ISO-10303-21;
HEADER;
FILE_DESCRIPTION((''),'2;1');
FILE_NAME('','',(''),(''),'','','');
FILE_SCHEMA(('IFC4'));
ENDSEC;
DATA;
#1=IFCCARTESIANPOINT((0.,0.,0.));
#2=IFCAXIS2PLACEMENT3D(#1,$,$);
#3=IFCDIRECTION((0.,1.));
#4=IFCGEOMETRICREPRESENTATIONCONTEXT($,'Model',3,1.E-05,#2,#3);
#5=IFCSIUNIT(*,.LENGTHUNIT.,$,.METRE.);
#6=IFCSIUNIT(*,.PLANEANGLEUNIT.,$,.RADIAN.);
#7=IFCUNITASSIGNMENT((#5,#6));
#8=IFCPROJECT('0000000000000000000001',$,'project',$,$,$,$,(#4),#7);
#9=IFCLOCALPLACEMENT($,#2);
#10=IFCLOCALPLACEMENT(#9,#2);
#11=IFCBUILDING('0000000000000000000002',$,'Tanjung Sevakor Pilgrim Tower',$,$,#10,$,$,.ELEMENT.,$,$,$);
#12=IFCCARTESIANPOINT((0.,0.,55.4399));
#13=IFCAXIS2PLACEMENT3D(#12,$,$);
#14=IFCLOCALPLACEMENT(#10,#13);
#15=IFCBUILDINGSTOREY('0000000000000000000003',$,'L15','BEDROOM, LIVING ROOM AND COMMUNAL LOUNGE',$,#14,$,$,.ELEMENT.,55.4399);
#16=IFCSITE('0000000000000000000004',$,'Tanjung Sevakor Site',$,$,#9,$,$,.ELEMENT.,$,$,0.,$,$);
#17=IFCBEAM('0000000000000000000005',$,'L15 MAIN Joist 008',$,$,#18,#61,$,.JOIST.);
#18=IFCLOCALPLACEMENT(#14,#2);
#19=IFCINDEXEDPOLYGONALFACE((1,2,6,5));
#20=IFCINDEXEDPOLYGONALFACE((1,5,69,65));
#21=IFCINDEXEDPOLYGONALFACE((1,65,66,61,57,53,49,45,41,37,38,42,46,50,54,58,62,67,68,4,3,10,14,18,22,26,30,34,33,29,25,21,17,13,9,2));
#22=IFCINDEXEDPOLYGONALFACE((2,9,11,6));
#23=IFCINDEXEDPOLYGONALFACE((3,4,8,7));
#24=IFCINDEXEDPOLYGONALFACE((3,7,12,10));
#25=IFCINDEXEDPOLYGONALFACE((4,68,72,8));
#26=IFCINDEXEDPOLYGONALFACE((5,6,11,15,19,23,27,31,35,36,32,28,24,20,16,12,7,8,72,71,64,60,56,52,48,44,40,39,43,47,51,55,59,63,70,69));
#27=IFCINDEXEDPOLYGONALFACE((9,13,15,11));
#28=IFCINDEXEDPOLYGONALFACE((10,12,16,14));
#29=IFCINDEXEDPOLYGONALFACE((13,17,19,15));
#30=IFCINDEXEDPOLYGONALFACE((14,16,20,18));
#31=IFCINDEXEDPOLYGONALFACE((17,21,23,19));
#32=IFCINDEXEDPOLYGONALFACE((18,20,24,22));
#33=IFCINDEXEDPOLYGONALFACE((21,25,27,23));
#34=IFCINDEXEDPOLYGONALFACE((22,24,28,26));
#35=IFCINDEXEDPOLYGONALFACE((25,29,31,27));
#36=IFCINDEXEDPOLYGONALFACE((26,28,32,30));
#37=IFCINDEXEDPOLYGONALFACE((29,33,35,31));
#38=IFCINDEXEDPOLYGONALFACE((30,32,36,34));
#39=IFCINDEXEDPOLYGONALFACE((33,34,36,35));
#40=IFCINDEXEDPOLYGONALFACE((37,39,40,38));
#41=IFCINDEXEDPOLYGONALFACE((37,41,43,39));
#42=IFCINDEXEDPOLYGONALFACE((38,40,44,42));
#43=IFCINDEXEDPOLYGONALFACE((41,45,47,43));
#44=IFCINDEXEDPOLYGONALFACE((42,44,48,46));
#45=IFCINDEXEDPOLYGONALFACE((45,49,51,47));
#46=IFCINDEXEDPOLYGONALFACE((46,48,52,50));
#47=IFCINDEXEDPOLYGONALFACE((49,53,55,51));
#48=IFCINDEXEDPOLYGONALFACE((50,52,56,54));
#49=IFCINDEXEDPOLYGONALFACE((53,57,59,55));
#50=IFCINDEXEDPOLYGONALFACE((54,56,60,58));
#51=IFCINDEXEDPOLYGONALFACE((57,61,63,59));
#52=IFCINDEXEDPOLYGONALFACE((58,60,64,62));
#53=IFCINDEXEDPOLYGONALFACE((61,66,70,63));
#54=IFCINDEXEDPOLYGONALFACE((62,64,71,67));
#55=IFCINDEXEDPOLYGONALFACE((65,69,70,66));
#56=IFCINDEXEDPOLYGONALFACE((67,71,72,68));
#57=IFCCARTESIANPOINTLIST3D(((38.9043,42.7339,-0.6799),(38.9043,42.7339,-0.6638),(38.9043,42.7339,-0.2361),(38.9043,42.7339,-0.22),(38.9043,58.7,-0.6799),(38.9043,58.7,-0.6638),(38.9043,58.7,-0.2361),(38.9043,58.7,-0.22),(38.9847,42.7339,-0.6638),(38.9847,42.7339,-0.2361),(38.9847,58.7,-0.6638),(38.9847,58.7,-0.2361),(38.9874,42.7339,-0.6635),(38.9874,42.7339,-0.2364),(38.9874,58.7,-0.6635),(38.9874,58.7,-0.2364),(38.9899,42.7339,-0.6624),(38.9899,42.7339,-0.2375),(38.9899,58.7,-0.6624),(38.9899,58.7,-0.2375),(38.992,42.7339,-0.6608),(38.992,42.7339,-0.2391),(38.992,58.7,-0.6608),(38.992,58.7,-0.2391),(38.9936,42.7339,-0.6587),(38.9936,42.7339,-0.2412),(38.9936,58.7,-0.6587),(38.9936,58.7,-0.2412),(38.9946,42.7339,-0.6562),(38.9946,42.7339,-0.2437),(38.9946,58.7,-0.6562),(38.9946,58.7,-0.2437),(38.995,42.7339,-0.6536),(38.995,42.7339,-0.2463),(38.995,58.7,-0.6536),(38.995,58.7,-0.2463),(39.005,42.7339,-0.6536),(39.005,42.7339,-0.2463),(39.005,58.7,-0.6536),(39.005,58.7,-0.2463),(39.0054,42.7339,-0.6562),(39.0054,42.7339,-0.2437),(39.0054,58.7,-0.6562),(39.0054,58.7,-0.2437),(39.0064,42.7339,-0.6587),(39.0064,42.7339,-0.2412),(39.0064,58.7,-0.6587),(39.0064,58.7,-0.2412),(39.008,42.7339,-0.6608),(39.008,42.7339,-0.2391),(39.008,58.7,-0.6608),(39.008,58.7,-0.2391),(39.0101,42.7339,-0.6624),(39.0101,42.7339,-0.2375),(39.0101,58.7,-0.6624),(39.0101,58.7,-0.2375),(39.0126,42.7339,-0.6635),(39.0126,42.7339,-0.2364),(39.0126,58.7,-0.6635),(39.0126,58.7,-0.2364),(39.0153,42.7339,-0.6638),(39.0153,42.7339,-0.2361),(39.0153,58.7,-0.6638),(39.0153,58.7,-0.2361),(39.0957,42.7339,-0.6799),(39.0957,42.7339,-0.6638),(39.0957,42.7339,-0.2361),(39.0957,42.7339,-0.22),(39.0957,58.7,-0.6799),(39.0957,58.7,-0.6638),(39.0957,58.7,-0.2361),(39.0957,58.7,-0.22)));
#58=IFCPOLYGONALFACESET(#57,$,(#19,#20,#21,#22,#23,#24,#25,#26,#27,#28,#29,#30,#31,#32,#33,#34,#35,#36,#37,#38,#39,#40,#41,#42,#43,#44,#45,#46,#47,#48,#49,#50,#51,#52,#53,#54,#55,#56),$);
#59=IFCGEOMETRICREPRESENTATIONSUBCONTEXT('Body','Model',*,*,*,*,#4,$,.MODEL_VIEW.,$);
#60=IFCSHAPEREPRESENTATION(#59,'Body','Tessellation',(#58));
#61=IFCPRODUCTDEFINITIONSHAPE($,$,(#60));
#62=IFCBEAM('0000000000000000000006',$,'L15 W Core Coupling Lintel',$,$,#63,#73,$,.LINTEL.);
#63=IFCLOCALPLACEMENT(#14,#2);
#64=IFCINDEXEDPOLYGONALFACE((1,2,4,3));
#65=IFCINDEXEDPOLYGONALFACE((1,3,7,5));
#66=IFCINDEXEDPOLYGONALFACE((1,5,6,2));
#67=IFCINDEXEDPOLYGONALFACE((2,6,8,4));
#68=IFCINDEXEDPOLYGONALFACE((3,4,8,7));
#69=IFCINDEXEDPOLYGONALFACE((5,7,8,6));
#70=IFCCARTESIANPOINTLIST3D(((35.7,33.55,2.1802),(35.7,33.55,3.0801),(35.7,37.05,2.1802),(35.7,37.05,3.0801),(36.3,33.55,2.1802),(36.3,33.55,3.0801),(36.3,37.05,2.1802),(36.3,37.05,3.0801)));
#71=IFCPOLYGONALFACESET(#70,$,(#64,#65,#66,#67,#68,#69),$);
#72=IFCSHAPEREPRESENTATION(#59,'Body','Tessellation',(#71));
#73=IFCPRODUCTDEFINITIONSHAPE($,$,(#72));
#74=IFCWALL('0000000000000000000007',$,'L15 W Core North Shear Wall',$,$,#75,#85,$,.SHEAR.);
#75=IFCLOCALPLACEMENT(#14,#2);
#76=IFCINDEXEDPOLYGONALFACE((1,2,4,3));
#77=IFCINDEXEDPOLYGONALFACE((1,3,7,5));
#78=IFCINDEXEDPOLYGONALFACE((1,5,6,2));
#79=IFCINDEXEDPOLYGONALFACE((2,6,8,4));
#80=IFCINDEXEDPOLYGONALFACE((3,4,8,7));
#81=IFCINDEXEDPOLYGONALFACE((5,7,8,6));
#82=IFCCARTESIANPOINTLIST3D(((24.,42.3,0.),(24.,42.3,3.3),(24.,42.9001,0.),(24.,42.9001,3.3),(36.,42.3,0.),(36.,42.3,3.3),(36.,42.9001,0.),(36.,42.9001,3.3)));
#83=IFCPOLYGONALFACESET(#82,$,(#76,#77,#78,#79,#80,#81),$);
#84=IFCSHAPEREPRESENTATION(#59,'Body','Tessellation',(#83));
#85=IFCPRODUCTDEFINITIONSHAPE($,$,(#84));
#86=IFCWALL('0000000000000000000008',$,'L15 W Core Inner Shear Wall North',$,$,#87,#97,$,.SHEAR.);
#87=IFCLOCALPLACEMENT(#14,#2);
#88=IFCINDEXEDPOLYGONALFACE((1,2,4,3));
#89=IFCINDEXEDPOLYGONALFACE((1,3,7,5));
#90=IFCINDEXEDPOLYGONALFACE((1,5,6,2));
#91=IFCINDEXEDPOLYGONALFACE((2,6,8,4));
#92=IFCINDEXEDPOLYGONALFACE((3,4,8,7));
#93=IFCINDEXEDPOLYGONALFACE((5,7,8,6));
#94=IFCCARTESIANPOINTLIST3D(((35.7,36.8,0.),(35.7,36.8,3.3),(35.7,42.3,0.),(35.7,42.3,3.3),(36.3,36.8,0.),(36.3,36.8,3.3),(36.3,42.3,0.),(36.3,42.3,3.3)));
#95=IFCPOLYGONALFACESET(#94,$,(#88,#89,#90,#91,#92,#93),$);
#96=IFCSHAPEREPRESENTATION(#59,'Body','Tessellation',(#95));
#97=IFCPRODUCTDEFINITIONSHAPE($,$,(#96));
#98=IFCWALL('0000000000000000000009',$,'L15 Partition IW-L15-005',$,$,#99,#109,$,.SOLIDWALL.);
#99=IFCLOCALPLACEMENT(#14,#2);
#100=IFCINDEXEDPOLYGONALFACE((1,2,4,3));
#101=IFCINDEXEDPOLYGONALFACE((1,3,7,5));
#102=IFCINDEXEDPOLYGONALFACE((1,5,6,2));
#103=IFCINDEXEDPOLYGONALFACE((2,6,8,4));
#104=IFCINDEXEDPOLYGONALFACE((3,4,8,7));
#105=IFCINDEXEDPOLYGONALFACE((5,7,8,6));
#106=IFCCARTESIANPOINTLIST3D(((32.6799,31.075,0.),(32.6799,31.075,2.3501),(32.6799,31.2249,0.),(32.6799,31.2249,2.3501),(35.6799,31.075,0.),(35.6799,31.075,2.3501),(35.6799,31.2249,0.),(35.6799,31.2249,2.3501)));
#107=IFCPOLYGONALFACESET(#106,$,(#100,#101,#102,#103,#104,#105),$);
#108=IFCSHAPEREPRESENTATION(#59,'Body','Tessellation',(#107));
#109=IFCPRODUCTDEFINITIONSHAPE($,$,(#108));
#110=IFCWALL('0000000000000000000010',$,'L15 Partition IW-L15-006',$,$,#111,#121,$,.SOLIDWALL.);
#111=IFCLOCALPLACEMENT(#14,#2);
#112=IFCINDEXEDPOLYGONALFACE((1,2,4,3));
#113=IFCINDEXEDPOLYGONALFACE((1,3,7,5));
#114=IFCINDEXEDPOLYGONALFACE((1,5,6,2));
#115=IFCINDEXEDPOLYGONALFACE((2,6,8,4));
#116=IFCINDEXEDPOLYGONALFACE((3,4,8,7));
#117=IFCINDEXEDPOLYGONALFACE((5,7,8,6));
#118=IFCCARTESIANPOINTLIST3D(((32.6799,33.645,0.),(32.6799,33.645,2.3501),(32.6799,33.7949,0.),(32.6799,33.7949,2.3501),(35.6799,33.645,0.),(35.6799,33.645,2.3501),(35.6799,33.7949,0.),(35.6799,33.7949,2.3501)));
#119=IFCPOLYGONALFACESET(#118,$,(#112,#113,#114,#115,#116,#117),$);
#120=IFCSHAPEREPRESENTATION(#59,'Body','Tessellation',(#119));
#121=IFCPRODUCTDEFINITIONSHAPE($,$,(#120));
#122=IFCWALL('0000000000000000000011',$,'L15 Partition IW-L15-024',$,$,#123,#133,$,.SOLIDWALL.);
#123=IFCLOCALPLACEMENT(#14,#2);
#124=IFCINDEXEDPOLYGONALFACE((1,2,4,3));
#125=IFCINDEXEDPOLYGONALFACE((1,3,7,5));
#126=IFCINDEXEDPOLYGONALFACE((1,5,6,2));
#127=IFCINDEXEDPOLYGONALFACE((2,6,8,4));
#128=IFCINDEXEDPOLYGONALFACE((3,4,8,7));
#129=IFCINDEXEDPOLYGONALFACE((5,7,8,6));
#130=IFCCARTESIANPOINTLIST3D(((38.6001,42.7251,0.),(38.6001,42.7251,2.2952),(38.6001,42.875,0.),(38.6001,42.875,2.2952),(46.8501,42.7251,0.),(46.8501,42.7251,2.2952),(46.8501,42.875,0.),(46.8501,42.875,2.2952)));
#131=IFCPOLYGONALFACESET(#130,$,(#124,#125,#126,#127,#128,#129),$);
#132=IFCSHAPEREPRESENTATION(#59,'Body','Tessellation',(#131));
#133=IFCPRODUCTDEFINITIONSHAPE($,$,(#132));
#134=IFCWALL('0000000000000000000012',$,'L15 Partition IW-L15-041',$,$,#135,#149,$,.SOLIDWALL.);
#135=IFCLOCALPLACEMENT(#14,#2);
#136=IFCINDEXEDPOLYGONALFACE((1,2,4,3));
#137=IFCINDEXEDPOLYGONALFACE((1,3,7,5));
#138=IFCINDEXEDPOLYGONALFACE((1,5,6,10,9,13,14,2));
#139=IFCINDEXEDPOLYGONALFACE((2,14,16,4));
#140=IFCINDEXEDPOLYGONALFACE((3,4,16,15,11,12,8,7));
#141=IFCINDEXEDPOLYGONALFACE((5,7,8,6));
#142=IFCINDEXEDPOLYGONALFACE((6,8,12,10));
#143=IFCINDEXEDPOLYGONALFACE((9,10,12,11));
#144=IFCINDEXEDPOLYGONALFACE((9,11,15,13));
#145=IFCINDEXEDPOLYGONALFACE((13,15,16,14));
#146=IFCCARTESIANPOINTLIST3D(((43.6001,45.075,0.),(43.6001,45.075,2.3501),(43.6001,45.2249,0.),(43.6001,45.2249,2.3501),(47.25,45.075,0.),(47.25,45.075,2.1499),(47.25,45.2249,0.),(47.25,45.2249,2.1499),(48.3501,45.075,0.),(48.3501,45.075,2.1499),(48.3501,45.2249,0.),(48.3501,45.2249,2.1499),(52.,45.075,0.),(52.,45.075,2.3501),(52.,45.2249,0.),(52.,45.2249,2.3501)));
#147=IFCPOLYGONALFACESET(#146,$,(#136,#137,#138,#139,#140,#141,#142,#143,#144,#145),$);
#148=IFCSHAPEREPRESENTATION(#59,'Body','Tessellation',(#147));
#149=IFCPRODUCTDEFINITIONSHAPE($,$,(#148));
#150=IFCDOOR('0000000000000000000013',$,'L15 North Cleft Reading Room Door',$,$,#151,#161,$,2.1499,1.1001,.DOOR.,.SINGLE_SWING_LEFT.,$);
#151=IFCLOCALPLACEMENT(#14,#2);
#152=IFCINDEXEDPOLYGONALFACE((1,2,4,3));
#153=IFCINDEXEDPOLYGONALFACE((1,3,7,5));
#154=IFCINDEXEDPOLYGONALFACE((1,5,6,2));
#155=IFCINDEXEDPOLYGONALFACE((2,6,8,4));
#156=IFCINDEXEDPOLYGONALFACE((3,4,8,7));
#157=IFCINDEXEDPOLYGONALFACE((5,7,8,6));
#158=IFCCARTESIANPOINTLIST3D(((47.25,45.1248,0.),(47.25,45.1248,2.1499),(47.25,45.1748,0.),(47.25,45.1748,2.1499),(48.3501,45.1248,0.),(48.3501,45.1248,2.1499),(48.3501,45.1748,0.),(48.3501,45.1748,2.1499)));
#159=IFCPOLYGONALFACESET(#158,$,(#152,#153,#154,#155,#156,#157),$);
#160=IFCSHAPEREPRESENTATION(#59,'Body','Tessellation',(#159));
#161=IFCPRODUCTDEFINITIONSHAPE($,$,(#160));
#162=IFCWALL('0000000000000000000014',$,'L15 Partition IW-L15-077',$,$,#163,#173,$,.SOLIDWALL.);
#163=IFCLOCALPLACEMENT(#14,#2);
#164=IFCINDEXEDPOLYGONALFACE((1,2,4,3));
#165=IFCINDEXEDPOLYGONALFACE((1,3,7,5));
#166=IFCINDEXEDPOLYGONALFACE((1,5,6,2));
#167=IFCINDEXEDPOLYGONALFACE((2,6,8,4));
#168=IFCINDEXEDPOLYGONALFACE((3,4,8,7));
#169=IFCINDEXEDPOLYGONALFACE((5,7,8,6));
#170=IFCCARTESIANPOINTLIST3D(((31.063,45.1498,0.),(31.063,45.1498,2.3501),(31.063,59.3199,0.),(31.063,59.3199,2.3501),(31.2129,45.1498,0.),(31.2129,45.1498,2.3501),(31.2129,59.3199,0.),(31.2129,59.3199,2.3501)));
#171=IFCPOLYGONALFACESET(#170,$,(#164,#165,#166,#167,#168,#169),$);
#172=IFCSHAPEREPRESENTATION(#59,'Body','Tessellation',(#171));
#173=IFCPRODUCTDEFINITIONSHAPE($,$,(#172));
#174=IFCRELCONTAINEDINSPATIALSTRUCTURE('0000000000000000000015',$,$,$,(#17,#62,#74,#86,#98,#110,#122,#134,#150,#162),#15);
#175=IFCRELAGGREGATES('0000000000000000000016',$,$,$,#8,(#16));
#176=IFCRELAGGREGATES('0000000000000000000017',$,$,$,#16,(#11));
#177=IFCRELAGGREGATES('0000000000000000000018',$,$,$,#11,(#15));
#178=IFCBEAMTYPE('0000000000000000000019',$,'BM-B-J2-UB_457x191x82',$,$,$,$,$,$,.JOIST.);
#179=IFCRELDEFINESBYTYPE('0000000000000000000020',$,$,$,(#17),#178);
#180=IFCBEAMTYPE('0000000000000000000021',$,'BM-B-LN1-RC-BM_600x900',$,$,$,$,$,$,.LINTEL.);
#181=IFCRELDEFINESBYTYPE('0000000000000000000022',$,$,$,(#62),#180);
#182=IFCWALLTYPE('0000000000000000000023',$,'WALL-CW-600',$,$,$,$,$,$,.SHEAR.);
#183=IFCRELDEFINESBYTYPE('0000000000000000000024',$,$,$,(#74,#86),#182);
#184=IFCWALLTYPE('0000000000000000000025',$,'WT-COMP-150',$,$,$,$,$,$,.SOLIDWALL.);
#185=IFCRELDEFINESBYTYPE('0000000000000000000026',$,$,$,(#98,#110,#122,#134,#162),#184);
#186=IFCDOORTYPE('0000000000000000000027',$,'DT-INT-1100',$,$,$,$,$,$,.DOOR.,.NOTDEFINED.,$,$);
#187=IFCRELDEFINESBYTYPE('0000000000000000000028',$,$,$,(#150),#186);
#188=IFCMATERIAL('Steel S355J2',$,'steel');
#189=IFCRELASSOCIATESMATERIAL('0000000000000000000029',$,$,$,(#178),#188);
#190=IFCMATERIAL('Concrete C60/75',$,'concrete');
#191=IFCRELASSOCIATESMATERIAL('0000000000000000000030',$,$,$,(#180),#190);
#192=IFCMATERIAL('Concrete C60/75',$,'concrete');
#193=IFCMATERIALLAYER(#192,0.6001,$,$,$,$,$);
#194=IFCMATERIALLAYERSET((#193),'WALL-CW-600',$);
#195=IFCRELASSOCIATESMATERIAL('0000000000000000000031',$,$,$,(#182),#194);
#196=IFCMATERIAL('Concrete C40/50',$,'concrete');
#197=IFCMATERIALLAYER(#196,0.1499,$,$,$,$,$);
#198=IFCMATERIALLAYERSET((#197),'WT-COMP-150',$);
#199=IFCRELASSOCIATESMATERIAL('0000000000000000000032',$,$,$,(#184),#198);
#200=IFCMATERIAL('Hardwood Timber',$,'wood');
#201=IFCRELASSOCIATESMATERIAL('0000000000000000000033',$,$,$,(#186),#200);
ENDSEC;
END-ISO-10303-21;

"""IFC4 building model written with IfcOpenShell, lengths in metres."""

from ifc_helpers import new_model, si_unit, direction, frame, frame_2d, origin, origin_2d, place, context, subcontext, project, spatial, rectangle, i_section, extrude, material, layer, layer_set, material_profile, profile_set, type_object, element, fill, save


model = new_model("IFC4")

# Units and contexts
model_context = context("Model", 3, precision=1e-05, world=origin(), true_north=direction((0.0, 1.0)))
body_context = subcontext(model_context, "Body", "Model", "MODEL_VIEW")
ifc_project = project(units=[si_unit("LENGTHUNIT", "METRE"), si_unit("PLANEANGLEUNIT", "RADIAN")], contexts=[model_context])

# Site, building, storey
site_placement = place(None, origin())
site = spatial("IfcSite", under=ifc_project, at=site_placement, Name="Tanjung Sevakor Site", CompositionType="ELEMENT", RefElevation=0.0)
building_placement = place(site_placement, origin())
building = spatial("IfcBuilding", under=site, at=building_placement, Name="Tanjung Sevakor Pilgrim Tower", CompositionType="ELEMENT")
storey_placement = place(building_placement, frame((0.0, 0.0, 55.4399)))
storey = spatial("IfcBuildingStorey", under=building, at=storey_placement, Name="L15", Description="BEDROOM, LIVING ROOM AND COMMUNAL LOUNGE", CompositionType="ELEMENT", Elevation=55.4399)

# Beams
ifc_material_1 = material(Name="Steel S355J2", Category="steel")
ifc_material_profile_1 = material_profile(ifc_material_1, i_section(OverallWidth=0.1914, OverallDepth=0.46, WebThickness=0.01, FlangeThickness=0.0161, FilletRadius=0.0103, at=origin_2d()))
ifc_profile_set_1 = profile_set([ifc_material_profile_1], Name="Steel S355J2")
beam_type_1 = type_object("IfcBeamType", Name="BM-B-J2-UB_457x191x82", PredefinedType="JOIST", material=ifc_profile_set_1)
beam_1_placement = place(storey_placement, frame((39.0, 42.7339, -0.45), z_axis=(0.0, 1.0, 0.0), x_axis=(-1.0, 0.0, 0.0)))
element("IfcBeam", 1, at=beam_1_placement, inside=storey, type_object=beam_type_1, Name="L15 MAIN Joist 008", PredefinedType="JOIST", context=body_context, shape_type="SweptSolid", body=[
    extrude(i_section(OverallWidth=0.1914, OverallDepth=0.46, WebThickness=0.01, FlangeThickness=0.0161, FilletRadius=0.0103, at=origin_2d()), origin(), (0.0, 0.0, 1.0), 15.9661),
])
ifc_material_2 = material(Name="Concrete C60/75", Category="concrete")
ifc_material_profile_2 = material_profile(ifc_material_2, rectangle(XDim=0.6001, YDim=0.8999, at=origin_2d()))
ifc_profile_set_2 = profile_set([ifc_material_profile_2], Name="Concrete C60/75")
beam_type_2 = type_object("IfcBeamType", Name="BM-B-LN1-RC-BM_600x900", PredefinedType="LINTEL", material=ifc_profile_set_2)
beam_2_placement = place(storey_placement, frame((36.0, 33.55, 2.6301), z_axis=(0.0, 1.0, 0.0), x_axis=(-1.0, 0.0, 0.0)))
element("IfcBeam", 2, at=beam_2_placement, inside=storey, type_object=beam_type_2, Name="L15 W Core Coupling Lintel", PredefinedType="LINTEL", context=body_context, shape_type="SweptSolid", body=[
    extrude(rectangle(XDim=0.6001, YDim=0.8999, at=origin_2d()), origin(), (0.0, 0.0, 1.0), 3.5),
])

# Walls
ifc_material_3 = material(Name="Concrete C60/75", Category="concrete")
ifc_layer_1 = layer(ifc_material_3, 0.6001)
ifc_layer_set_1 = layer_set([ifc_layer_1], Name="WALL-CW-600")
wall_type_1 = type_object("IfcWallType", Name="WALL-CW-600", PredefinedType="SHEAR", material=ifc_layer_set_1)
wall_1_placement = place(storey_placement, frame((36.0, 42.6001, 0.0), z_axis=(0.0, 0.0, 1.0), x_axis=(-1.0, 0.0, 0.0)))
element("IfcWall", 3, at=wall_1_placement, inside=storey, type_object=wall_type_1, Name="L15 W Core North Shear Wall", PredefinedType="SHEAR", context=body_context, shape_type="SweptSolid", body=[
    extrude(rectangle(XDim=12.0, YDim=0.6001, at=frame_2d((6.0, 0.0))), origin(), (0.0, 0.0, 1.0), 3.3),
])
wall_2_placement = place(storey_placement, frame((36.0, 36.8, 0.0), z_axis=(0.0, 0.0, 1.0), x_axis=(0.0, 1.0, 0.0)))
element("IfcWall", 4, at=wall_2_placement, inside=storey, type_object=wall_type_1, Name="L15 W Core Inner Shear Wall North", PredefinedType="SHEAR", context=body_context, shape_type="SweptSolid", body=[
    extrude(rectangle(XDim=5.5, YDim=0.6001, at=frame_2d((2.75, 0.0))), origin(), (0.0, 0.0, 1.0), 3.3),
])
ifc_material_4 = material(Name="Concrete C40/50", Category="concrete")
ifc_layer_2 = layer(ifc_material_4, 0.1499)
ifc_layer_set_2 = layer_set([ifc_layer_2], Name="WT-COMP-150")
wall_type_2 = type_object("IfcWallType", Name="WT-COMP-150", PredefinedType="SOLIDWALL", material=ifc_layer_set_2)
for number, where, z_axis, x_axis, name in (
    (5, (32.6799, 31.1499, 0.0), (0.0, 0.0, 1.0), (1.0, 0.0, 0.0), "L15 Partition IW-L15-005"),
    (6, (32.6799, 33.72, 0.0), (0.0, 0.0, 1.0), (1.0, 0.0, 0.0), "L15 Partition IW-L15-006"),
):
    element("IfcWall", number, at=place(storey_placement, frame(where, z_axis=z_axis, x_axis=x_axis)), inside=storey, type_object=wall_type_2, Name=name, PredefinedType="SOLIDWALL", context=body_context, shape_type="SweptSolid", body=[
        extrude(rectangle(XDim=3.0, YDim=0.1499, at=frame_2d((1.5, 0.0))), origin(), (0.0, 0.0, 1.0), 2.3501),
    ])

# Wall
wall_3_placement = place(storey_placement, frame((38.6001, 42.8, 0.0), z_axis=(0.0, 0.0, 1.0), x_axis=(1.0, 0.0, 0.0)))
element("IfcWall", 7, at=wall_3_placement, inside=storey, type_object=wall_type_2, Name="L15 Partition IW-L15-024", PredefinedType="SOLIDWALL", context=body_context, shape_type="SweptSolid", body=[
    extrude(rectangle(XDim=8.25, YDim=0.1499, at=frame_2d((4.125, 0.0))), origin(), (0.0, 0.0, 1.0), 2.2952),
])

# Wall, opening, door
wall_4_placement = place(storey_placement, frame((43.6001, 45.1499, 0.0), z_axis=(0.0, 0.0, 1.0), x_axis=(1.0, 0.0, 0.0)))
wall_4 = element("IfcWall", 8, at=wall_4_placement, inside=storey, type_object=wall_type_2, Name="L15 Partition IW-L15-041", PredefinedType="SOLIDWALL", context=body_context, shape_type="SweptSolid", body=[
    extrude(rectangle(XDim=8.3999, YDim=0.1499, at=frame_2d((4.2, 0.0))), origin(), (0.0, 0.0, 1.0), 2.3501),
])
opening_1_placement = place(wall_4_placement, frame((3.6499, 0.0, 0.0)))
opening_1 = element("IfcOpeningElement", 9, at=opening_1_placement, cuts=wall_4, PredefinedType="OPENING", context=body_context, shape_type="SweptSolid", body=[
    extrude(rectangle(XDim=1.1001, YDim=2.1499, at=frame_2d((0.55, 1.075))), frame((0.0, 0.085, 0.0), z_axis=(0.0, -1.0, 0.0), x_axis=(1.0, 0.0, 0.0)), (0.0, 0.0, 1.0), 0.1699),
])
ifc_material_5 = material(Name="Hardwood Timber", Category="wood")
door_type_1 = type_object("IfcDoorType", Name="DT-INT-1100", OperationType="NOTDEFINED", PredefinedType="DOOR", material=ifc_material_5)
door_1_placement = place(opening_1_placement, origin())
door_1 = element("IfcDoor", 10, at=door_1_placement, inside=storey, type_object=door_type_1, Name="L15 North Cleft Reading Room Door", OperationType="SINGLE_SWING_LEFT", OverallHeight=2.1499, OverallWidth=1.1001, PredefinedType="DOOR", context=body_context, shape_type="SweptSolid", body=[
    extrude(rectangle(XDim=1.1001, YDim=2.1499, at=frame_2d((0.55, 1.075))), frame((0.0, 0.0249, 0.0), z_axis=(0.0, -1.0, 0.0), x_axis=(1.0, 0.0, 0.0)), (0.0, 0.0, 1.0), 0.05),
])
fill(opening_1, door_1)

# Wall
wall_5_placement = place(storey_placement, frame((31.1379, 45.1499, 0.0), z_axis=(0.0, 0.0, 1.0), x_axis=(0.0, 1.0, 0.0)))
element("IfcWall", 11, at=wall_5_placement, inside=storey, type_object=wall_type_2, Name="L15 Partition IW-L15-077", PredefinedType="SOLIDWALL", context=body_context, shape_type="SweptSolid", body=[
    extrude(rectangle(XDim=14.1702, YDim=0.1499, at=frame_2d((7.085, 0.0))), origin(), (0.0, 0.0, 1.0), 2.3501),
])

save(model, "model.ifc")
